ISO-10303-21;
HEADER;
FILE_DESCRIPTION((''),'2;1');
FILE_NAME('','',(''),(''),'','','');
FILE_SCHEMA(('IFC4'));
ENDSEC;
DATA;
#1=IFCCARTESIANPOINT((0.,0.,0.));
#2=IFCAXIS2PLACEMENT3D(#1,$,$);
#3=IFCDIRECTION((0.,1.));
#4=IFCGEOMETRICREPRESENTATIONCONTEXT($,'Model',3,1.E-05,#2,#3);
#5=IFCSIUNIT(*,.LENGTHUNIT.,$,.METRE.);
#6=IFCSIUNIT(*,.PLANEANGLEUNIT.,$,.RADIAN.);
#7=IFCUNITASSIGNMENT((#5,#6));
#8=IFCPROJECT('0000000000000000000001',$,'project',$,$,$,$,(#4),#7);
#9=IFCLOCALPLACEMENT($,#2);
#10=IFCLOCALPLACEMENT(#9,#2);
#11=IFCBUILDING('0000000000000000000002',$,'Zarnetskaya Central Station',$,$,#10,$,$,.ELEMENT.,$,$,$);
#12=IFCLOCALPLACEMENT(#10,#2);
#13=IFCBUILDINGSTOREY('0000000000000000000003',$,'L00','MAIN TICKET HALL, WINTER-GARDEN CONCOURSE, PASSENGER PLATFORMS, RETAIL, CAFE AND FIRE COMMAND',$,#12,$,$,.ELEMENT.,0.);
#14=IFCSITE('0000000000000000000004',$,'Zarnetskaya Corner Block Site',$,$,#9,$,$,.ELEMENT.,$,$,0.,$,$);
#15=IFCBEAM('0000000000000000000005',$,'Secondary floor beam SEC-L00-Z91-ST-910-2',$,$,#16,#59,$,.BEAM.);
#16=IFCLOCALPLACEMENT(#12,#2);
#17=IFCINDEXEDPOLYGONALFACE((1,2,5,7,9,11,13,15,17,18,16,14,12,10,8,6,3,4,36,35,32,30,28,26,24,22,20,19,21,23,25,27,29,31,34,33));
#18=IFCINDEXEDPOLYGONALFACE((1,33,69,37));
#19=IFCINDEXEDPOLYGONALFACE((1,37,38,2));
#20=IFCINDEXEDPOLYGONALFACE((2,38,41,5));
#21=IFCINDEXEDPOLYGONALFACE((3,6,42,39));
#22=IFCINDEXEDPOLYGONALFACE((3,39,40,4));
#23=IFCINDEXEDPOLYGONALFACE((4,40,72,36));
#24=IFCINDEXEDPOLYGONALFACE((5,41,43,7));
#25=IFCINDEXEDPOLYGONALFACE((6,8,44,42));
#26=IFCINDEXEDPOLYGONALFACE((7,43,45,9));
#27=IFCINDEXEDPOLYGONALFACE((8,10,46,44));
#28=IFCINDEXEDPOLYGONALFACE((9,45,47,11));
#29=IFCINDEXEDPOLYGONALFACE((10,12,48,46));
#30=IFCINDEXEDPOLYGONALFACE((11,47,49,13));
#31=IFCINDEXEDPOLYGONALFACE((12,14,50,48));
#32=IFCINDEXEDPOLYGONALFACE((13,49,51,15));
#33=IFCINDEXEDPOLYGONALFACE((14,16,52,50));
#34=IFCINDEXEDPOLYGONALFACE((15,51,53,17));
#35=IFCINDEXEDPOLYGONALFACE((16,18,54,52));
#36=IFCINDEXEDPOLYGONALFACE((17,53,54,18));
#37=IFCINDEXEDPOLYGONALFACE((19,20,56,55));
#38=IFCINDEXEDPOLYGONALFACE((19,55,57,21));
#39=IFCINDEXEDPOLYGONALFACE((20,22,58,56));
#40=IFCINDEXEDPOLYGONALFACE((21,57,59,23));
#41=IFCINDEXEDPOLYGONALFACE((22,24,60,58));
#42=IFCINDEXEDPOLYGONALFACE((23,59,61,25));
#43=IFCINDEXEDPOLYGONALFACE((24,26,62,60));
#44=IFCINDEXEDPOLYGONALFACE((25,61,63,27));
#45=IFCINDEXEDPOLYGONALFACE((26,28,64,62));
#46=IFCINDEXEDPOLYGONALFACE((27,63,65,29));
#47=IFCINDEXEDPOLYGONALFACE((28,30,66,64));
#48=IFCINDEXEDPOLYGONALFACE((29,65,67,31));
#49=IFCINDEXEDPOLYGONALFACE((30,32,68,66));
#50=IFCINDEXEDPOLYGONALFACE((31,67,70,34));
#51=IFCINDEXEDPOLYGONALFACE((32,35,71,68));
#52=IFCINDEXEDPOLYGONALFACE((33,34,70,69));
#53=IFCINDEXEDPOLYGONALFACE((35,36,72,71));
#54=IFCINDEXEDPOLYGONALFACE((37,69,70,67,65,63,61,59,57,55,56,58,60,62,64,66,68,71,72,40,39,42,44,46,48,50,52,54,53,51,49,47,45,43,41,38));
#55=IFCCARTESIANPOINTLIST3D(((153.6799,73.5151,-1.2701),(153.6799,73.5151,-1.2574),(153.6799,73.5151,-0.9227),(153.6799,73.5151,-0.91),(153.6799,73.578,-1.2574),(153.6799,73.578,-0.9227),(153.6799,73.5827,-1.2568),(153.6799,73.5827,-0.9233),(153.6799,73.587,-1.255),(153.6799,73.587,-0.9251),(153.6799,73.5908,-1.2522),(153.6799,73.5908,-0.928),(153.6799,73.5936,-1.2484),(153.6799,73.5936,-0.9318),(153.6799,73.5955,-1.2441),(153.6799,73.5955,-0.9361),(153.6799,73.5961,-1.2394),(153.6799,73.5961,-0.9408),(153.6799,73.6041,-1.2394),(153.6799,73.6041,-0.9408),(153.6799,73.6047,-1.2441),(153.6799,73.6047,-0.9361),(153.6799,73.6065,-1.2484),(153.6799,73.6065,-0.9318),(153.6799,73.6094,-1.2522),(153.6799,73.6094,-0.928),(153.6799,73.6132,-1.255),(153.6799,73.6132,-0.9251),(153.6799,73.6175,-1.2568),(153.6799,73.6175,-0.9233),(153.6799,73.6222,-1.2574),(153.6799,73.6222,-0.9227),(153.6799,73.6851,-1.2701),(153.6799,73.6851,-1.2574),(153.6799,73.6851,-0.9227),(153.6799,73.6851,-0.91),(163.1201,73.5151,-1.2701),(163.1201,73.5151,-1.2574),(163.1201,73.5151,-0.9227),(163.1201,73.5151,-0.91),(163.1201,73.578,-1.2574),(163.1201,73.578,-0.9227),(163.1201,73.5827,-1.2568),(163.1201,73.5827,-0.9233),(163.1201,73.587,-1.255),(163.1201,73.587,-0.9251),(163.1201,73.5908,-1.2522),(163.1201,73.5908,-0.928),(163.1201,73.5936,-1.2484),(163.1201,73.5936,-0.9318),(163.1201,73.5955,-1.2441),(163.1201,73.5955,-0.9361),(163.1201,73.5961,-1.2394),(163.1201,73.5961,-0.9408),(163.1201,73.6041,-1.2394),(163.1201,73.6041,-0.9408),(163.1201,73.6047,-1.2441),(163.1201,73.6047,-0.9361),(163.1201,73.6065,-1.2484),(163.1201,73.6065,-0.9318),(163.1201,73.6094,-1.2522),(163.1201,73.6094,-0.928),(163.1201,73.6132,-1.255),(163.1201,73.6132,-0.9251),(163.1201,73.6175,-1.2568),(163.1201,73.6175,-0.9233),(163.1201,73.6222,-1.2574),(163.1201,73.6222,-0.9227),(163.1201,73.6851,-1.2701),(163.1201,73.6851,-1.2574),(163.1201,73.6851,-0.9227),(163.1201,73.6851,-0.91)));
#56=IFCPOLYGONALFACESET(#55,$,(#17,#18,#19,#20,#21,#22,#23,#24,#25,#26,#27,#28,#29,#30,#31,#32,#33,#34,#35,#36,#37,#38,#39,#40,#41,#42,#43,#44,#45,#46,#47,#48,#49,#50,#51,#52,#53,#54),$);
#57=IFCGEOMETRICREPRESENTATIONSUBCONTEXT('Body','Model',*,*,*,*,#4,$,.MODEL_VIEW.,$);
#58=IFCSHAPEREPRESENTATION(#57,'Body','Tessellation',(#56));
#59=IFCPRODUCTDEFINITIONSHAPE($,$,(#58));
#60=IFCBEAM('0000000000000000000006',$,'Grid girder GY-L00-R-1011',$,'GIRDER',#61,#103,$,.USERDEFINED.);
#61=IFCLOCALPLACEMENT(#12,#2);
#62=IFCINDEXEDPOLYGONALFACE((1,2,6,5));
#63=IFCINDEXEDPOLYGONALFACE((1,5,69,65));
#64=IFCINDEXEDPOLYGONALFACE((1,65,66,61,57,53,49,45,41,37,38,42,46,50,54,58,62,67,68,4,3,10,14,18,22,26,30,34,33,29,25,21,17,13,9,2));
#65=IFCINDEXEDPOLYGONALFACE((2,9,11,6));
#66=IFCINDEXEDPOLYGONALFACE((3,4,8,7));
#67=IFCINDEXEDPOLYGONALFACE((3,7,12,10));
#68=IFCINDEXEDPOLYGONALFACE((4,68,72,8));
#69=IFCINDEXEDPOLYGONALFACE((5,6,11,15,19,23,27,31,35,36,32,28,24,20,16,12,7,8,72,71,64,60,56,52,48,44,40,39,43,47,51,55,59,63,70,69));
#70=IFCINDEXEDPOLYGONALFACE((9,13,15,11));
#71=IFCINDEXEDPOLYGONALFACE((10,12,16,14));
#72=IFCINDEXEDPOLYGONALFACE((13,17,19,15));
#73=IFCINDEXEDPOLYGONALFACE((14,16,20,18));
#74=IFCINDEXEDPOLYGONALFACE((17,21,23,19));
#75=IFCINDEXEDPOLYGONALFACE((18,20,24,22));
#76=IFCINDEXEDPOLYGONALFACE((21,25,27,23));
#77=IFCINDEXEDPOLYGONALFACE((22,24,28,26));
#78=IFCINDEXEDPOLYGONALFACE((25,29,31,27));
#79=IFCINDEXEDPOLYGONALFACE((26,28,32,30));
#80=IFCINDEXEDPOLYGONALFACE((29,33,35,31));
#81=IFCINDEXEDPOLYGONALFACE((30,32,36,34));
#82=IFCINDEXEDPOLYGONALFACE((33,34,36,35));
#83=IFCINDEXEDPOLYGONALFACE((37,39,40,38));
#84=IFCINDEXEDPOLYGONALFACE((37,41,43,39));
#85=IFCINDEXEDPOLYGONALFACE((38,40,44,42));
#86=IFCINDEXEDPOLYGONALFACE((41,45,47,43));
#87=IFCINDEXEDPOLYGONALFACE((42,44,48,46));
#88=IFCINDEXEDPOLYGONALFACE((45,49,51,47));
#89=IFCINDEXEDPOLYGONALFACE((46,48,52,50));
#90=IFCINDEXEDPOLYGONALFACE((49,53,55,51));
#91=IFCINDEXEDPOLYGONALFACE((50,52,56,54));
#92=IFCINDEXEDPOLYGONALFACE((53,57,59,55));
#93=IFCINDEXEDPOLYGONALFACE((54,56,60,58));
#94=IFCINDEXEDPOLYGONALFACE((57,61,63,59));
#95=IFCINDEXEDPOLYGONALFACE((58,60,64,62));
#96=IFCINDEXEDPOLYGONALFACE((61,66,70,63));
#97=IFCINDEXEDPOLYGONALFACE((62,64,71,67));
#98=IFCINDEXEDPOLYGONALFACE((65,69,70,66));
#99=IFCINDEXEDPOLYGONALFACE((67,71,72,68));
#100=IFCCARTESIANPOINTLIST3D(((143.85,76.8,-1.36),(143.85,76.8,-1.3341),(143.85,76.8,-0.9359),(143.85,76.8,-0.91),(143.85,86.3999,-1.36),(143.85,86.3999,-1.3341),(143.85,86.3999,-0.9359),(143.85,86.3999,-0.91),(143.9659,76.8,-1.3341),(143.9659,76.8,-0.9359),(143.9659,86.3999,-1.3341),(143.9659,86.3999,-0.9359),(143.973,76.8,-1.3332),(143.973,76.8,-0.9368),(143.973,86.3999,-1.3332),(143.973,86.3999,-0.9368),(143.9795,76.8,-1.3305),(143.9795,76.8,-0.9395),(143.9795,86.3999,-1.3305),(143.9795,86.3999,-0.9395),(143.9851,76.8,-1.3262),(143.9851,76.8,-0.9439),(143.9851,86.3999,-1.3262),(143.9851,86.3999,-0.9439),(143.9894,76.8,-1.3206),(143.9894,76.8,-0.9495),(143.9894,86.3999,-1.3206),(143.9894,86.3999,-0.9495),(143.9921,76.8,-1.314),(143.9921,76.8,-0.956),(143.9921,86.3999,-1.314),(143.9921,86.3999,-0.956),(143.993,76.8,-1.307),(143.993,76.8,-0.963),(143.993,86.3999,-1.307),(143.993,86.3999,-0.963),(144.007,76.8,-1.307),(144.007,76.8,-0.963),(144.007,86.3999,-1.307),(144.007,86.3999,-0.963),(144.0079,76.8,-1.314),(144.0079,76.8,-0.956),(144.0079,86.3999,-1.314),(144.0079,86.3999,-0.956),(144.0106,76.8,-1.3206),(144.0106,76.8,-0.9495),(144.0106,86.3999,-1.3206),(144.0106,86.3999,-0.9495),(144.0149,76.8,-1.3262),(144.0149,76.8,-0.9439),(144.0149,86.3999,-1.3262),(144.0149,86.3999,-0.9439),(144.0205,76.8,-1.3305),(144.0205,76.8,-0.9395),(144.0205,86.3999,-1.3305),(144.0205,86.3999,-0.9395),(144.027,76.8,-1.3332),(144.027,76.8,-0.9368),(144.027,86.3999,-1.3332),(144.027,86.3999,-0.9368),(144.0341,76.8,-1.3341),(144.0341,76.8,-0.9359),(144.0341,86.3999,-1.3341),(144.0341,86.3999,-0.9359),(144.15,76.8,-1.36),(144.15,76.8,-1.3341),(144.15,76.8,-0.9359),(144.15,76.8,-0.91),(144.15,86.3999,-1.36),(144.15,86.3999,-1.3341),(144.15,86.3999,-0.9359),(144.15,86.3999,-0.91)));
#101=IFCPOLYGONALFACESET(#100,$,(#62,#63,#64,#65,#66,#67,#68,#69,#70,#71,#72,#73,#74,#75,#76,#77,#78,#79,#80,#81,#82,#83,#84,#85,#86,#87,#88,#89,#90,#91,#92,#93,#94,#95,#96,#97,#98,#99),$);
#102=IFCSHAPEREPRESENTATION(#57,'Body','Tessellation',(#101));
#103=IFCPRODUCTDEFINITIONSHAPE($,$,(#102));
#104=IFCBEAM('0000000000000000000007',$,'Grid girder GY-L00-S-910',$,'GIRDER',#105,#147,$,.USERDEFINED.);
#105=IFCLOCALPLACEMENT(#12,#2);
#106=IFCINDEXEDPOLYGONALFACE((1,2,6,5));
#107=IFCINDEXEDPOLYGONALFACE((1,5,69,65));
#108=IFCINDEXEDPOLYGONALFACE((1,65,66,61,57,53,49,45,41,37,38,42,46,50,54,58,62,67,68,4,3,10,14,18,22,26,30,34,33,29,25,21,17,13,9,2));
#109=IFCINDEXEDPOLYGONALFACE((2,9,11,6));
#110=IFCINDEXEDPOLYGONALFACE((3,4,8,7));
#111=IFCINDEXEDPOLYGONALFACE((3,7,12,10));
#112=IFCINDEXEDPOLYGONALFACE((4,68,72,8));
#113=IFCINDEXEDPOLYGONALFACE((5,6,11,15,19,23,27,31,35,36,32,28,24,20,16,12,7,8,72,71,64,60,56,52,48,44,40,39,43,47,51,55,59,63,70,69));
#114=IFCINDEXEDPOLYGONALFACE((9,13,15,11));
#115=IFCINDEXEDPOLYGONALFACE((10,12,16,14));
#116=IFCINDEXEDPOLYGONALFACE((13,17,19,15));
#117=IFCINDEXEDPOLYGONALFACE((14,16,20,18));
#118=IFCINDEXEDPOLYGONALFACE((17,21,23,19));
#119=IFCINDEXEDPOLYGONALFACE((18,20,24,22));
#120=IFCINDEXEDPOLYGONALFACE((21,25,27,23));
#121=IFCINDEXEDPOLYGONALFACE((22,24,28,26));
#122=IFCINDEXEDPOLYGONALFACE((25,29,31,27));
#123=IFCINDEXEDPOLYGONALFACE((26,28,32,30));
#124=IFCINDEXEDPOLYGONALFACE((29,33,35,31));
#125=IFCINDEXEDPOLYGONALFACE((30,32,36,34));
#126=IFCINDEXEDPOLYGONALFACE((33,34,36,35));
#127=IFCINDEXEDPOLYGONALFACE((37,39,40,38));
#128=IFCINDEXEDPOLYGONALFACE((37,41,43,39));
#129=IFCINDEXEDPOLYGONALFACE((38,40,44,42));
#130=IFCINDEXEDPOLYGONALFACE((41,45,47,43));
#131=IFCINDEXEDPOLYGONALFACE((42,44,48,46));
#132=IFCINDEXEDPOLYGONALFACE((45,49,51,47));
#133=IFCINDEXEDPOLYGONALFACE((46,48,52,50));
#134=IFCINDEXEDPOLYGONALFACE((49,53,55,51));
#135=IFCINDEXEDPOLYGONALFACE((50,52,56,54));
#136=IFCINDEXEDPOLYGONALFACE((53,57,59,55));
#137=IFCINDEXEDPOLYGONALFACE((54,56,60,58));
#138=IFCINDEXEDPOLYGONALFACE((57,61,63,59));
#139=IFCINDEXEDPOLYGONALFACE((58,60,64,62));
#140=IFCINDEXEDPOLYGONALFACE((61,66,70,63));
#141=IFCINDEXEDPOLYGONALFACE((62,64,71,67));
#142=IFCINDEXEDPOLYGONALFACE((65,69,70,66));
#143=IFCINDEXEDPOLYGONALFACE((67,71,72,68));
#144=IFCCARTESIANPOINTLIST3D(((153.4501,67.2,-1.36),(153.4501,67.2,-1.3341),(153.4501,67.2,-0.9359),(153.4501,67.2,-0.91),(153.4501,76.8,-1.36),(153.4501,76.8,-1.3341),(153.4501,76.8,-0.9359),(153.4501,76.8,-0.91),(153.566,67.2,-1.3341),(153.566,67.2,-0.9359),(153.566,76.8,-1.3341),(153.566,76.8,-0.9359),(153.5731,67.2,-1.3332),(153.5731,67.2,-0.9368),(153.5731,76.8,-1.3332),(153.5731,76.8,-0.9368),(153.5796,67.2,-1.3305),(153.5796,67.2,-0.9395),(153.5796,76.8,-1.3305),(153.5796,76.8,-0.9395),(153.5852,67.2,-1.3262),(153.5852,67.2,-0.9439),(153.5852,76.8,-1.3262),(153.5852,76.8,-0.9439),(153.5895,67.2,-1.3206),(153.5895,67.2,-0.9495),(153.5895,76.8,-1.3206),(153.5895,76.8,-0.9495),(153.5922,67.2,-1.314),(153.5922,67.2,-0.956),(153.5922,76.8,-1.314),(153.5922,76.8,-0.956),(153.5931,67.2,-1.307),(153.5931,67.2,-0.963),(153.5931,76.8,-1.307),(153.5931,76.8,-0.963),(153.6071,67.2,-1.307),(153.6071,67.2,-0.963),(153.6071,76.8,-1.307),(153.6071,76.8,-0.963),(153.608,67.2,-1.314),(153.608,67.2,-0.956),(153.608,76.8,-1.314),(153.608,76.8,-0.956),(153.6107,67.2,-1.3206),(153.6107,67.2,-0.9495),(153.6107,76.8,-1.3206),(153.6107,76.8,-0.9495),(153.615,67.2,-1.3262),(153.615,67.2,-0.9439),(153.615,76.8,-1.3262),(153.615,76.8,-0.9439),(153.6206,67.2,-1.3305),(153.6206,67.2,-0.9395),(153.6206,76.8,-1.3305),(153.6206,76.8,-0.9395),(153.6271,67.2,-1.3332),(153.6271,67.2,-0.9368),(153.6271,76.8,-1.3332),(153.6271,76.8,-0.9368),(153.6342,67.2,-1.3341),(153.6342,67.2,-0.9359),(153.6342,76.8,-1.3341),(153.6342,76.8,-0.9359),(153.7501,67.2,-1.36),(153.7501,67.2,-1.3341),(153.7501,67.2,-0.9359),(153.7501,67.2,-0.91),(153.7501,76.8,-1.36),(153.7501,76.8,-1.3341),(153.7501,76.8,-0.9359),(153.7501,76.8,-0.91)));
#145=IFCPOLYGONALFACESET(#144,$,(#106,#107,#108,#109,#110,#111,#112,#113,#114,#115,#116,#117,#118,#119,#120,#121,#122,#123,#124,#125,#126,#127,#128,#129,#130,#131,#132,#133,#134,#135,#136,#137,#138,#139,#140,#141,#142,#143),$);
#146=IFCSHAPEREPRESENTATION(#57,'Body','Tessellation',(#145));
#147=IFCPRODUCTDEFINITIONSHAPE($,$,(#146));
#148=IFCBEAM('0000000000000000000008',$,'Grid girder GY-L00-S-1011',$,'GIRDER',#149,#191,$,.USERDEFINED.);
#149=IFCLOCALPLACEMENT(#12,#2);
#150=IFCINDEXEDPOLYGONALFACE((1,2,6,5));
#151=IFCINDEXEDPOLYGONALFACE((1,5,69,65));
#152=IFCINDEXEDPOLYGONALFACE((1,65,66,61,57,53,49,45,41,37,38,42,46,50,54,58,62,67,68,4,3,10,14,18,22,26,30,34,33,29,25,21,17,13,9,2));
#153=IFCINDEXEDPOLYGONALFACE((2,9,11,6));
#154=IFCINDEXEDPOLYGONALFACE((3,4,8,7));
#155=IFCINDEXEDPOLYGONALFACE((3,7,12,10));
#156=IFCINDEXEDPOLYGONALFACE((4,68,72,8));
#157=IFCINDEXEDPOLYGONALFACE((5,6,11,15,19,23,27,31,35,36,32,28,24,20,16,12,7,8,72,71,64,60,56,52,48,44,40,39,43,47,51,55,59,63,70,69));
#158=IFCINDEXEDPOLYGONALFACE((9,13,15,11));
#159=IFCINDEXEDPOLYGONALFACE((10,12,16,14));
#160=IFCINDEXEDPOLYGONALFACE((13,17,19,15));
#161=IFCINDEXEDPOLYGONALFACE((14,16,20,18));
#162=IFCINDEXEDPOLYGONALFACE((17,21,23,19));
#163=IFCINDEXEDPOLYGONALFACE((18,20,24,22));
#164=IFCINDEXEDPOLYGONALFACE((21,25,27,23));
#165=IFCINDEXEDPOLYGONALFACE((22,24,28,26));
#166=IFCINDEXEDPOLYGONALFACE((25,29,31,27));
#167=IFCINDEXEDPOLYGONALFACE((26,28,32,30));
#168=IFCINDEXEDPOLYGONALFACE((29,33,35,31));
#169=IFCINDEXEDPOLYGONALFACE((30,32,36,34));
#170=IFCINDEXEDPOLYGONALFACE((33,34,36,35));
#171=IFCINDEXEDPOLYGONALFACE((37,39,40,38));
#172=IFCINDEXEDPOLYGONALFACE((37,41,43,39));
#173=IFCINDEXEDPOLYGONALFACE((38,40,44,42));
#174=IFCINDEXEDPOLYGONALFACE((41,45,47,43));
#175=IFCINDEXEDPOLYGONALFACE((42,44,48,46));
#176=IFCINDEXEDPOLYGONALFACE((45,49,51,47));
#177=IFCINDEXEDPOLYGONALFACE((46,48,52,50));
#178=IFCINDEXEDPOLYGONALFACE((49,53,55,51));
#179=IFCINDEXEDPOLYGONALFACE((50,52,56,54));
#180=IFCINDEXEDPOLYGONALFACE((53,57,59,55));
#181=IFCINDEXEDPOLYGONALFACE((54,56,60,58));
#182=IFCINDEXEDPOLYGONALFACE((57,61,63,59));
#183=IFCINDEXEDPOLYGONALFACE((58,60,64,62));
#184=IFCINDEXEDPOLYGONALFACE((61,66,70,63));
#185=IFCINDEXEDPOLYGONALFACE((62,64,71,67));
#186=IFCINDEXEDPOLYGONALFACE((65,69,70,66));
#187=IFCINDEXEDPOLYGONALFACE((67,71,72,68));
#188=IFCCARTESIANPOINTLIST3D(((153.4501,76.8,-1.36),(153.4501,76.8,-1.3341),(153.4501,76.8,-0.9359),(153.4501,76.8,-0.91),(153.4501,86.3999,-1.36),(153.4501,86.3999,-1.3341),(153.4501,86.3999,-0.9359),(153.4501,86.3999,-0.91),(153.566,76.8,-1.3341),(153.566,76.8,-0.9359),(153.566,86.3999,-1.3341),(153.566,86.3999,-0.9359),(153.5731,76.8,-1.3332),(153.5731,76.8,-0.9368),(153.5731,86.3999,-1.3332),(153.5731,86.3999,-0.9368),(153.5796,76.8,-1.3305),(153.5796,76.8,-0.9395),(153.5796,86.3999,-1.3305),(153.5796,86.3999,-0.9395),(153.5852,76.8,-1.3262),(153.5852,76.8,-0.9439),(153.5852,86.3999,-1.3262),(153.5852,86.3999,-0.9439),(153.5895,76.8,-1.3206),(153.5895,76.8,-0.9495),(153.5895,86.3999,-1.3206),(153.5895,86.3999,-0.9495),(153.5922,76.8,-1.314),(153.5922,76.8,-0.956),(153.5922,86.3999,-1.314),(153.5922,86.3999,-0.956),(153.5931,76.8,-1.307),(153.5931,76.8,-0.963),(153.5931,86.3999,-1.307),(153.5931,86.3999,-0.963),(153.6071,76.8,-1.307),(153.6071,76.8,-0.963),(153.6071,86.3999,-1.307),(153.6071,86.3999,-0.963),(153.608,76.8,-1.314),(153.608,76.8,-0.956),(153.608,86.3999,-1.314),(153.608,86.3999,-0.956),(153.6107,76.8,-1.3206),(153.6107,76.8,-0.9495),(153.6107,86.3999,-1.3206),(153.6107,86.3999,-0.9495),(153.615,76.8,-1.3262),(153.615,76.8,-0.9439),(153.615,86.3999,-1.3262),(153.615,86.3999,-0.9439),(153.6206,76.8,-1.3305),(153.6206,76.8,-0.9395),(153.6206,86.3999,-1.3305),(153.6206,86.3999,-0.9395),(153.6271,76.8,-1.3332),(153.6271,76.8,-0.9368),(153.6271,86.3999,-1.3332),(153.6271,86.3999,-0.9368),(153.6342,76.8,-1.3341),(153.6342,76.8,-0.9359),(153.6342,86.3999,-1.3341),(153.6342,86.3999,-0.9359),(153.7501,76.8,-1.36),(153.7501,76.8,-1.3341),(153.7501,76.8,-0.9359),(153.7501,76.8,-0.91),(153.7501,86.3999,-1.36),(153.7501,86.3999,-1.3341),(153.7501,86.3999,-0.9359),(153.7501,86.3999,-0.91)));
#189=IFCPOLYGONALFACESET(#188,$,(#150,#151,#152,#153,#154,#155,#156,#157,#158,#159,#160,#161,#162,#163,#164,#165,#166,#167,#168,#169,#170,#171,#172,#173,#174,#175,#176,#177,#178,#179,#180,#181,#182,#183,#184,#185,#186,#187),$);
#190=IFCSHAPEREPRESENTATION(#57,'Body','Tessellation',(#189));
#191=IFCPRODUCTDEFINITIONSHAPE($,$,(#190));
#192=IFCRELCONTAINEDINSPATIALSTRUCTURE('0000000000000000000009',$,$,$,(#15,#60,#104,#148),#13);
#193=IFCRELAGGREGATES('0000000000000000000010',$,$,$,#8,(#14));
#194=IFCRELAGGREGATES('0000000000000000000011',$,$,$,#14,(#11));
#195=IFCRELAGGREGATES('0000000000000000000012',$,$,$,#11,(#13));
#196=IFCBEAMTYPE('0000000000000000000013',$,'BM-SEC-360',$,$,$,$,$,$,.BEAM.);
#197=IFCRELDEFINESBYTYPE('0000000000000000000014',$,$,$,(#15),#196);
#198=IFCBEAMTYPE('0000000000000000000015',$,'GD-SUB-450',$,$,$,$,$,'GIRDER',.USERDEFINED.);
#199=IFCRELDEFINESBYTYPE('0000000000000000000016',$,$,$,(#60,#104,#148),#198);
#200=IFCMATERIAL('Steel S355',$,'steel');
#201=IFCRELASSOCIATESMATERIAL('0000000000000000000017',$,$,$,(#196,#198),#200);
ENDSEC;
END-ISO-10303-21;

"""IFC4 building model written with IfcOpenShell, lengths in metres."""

from ifc_helpers import new_model, si_unit, direction, frame, origin, origin_2d, place, context, subcontext, project, spatial, i_section, extrude, material, material_profile, profile_set, type_object, element, save


model = new_model("IFC4")

# Units and contexts
model_context = context("Model", 3, precision=1e-05, world=origin(), true_north=direction((0.0, 1.0)))
body_context = subcontext(model_context, "Body", "Model", "MODEL_VIEW")
ifc_project = project(units=[si_unit("LENGTHUNIT", "METRE"), si_unit("PLANEANGLEUNIT", "RADIAN")], contexts=[model_context])

# Site, building, storey
site_placement = place(None, origin())
site = spatial("IfcSite", under=ifc_project, at=site_placement, Name="Zarnetskaya Corner Block Site", CompositionType="ELEMENT", RefElevation=0.0)
building_placement = place(site_placement, origin())
building = spatial("IfcBuilding", under=site, at=building_placement, Name="Zarnetskaya Central Station", CompositionType="ELEMENT")
storey_placement = place(building_placement, origin())
storey = spatial("IfcBuildingStorey", under=building, at=storey_placement, Name="L00", Description="MAIN TICKET HALL, WINTER-GARDEN CONCOURSE, PASSENGER PLATFORMS, RETAIL, CAFE AND FIRE COMMAND", CompositionType="ELEMENT", Elevation=0.0)

# Shared definitions
ifc_material = material(Name="Steel S355", Category="steel")

# Beams
ifc_material_profile_1 = material_profile(ifc_material, i_section(OverallWidth=0.1699, OverallDepth=0.3601, WebThickness=0.0081, FlangeThickness=0.0127, FilletRadius=0.0181, at=origin_2d()), Name="IPE 360")
ifc_profile_set_1 = profile_set([ifc_material_profile_1], Name="Steel S355")
beam_type_1 = type_object("IfcBeamType", Name="BM-SEC-360", PredefinedType="BEAM", material=ifc_profile_set_1)
for number, where, z_axis, x_axis, name in (
    (1, (153.6799, 73.6001, -1.0901), (1.0, 0.0, 0.0), (0.0, 1.0, 0.0), "Secondary floor beam SEC-L00-Z91-ST-910-2"),
):
    element("IfcBeam", number, at=place(storey_placement, frame(where, z_axis=z_axis, x_axis=x_axis)), inside=storey, type_object=beam_type_1, Name=name, PredefinedType="BEAM", context=body_context, shape_type="SweptSolid", body=[
        extrude(i_section(OverallWidth=0.1699, OverallDepth=0.3601, WebThickness=0.0081, FlangeThickness=0.0127, FilletRadius=0.0181, at=origin_2d()), origin(), (0.0, 0.0, 1.0), 9.4402),
    ])
ifc_material_profile_2 = material_profile(ifc_material, i_section(OverallWidth=0.3, OverallDepth=0.45, WebThickness=0.0139, FlangeThickness=0.0259, FilletRadius=0.0271, at=origin_2d()), Name="HEB 450")
ifc_profile_set_2 = profile_set([ifc_material_profile_2], Name="Steel S355")
beam_type_2 = type_object("IfcBeamType", Name="GD-SUB-450", ElementType="GIRDER", PredefinedType="USERDEFINED", material=ifc_profile_set_2)
beam_1_placement = place(storey_placement, frame((144.0, 76.8, -1.135), z_axis=(0.0, 1.0, 0.0), x_axis=(-1.0, 0.0, 0.0)))
element("IfcBeam", 2, at=beam_1_placement, inside=storey, type_object=beam_type_2, Name="Grid girder GY-L00-R-1011", ObjectType="GIRDER", PredefinedType="USERDEFINED", context=body_context, shape_type="SweptSolid", body=[
    extrude(i_section(OverallWidth=0.3, OverallDepth=0.45, WebThickness=0.0139, FlangeThickness=0.0259, FilletRadius=0.0271, at=origin_2d()), origin(), (0.0, 0.0, 1.0), 9.5999),
])
beam_2_placement = place(storey_placement, frame((153.6001, 67.2, -1.135), z_axis=(0.0, 1.0, 0.0), x_axis=(-1.0, 0.0, 0.0)))
element("IfcBeam", 3, at=beam_2_placement, inside=storey, type_object=beam_type_2, Name="Grid girder GY-L00-S-910", ObjectType="GIRDER", PredefinedType="USERDEFINED", context=body_context, shape_type="SweptSolid", body=[
    extrude(i_section(OverallWidth=0.3, OverallDepth=0.45, WebThickness=0.0139, FlangeThickness=0.0259, FilletRadius=0.0271, at=origin_2d()), origin(), (0.0, 0.0, 1.0), 9.6001),
])
beam_3_placement = place(storey_placement, frame((153.6001, 76.8, -1.135), z_axis=(0.0, 1.0, 0.0), x_axis=(-1.0, 0.0, 0.0)))
element("IfcBeam", 4, at=beam_3_placement, inside=storey, type_object=beam_type_2, Name="Grid girder GY-L00-S-1011", ObjectType="GIRDER", PredefinedType="USERDEFINED", context=body_context, shape_type="SweptSolid", body=[
    extrude(i_section(OverallWidth=0.3, OverallDepth=0.45, WebThickness=0.0139, FlangeThickness=0.0259, FilletRadius=0.0271, at=origin_2d()), origin(), (0.0, 0.0, 1.0), 9.5999),
])

save(model, "model.ifc")
